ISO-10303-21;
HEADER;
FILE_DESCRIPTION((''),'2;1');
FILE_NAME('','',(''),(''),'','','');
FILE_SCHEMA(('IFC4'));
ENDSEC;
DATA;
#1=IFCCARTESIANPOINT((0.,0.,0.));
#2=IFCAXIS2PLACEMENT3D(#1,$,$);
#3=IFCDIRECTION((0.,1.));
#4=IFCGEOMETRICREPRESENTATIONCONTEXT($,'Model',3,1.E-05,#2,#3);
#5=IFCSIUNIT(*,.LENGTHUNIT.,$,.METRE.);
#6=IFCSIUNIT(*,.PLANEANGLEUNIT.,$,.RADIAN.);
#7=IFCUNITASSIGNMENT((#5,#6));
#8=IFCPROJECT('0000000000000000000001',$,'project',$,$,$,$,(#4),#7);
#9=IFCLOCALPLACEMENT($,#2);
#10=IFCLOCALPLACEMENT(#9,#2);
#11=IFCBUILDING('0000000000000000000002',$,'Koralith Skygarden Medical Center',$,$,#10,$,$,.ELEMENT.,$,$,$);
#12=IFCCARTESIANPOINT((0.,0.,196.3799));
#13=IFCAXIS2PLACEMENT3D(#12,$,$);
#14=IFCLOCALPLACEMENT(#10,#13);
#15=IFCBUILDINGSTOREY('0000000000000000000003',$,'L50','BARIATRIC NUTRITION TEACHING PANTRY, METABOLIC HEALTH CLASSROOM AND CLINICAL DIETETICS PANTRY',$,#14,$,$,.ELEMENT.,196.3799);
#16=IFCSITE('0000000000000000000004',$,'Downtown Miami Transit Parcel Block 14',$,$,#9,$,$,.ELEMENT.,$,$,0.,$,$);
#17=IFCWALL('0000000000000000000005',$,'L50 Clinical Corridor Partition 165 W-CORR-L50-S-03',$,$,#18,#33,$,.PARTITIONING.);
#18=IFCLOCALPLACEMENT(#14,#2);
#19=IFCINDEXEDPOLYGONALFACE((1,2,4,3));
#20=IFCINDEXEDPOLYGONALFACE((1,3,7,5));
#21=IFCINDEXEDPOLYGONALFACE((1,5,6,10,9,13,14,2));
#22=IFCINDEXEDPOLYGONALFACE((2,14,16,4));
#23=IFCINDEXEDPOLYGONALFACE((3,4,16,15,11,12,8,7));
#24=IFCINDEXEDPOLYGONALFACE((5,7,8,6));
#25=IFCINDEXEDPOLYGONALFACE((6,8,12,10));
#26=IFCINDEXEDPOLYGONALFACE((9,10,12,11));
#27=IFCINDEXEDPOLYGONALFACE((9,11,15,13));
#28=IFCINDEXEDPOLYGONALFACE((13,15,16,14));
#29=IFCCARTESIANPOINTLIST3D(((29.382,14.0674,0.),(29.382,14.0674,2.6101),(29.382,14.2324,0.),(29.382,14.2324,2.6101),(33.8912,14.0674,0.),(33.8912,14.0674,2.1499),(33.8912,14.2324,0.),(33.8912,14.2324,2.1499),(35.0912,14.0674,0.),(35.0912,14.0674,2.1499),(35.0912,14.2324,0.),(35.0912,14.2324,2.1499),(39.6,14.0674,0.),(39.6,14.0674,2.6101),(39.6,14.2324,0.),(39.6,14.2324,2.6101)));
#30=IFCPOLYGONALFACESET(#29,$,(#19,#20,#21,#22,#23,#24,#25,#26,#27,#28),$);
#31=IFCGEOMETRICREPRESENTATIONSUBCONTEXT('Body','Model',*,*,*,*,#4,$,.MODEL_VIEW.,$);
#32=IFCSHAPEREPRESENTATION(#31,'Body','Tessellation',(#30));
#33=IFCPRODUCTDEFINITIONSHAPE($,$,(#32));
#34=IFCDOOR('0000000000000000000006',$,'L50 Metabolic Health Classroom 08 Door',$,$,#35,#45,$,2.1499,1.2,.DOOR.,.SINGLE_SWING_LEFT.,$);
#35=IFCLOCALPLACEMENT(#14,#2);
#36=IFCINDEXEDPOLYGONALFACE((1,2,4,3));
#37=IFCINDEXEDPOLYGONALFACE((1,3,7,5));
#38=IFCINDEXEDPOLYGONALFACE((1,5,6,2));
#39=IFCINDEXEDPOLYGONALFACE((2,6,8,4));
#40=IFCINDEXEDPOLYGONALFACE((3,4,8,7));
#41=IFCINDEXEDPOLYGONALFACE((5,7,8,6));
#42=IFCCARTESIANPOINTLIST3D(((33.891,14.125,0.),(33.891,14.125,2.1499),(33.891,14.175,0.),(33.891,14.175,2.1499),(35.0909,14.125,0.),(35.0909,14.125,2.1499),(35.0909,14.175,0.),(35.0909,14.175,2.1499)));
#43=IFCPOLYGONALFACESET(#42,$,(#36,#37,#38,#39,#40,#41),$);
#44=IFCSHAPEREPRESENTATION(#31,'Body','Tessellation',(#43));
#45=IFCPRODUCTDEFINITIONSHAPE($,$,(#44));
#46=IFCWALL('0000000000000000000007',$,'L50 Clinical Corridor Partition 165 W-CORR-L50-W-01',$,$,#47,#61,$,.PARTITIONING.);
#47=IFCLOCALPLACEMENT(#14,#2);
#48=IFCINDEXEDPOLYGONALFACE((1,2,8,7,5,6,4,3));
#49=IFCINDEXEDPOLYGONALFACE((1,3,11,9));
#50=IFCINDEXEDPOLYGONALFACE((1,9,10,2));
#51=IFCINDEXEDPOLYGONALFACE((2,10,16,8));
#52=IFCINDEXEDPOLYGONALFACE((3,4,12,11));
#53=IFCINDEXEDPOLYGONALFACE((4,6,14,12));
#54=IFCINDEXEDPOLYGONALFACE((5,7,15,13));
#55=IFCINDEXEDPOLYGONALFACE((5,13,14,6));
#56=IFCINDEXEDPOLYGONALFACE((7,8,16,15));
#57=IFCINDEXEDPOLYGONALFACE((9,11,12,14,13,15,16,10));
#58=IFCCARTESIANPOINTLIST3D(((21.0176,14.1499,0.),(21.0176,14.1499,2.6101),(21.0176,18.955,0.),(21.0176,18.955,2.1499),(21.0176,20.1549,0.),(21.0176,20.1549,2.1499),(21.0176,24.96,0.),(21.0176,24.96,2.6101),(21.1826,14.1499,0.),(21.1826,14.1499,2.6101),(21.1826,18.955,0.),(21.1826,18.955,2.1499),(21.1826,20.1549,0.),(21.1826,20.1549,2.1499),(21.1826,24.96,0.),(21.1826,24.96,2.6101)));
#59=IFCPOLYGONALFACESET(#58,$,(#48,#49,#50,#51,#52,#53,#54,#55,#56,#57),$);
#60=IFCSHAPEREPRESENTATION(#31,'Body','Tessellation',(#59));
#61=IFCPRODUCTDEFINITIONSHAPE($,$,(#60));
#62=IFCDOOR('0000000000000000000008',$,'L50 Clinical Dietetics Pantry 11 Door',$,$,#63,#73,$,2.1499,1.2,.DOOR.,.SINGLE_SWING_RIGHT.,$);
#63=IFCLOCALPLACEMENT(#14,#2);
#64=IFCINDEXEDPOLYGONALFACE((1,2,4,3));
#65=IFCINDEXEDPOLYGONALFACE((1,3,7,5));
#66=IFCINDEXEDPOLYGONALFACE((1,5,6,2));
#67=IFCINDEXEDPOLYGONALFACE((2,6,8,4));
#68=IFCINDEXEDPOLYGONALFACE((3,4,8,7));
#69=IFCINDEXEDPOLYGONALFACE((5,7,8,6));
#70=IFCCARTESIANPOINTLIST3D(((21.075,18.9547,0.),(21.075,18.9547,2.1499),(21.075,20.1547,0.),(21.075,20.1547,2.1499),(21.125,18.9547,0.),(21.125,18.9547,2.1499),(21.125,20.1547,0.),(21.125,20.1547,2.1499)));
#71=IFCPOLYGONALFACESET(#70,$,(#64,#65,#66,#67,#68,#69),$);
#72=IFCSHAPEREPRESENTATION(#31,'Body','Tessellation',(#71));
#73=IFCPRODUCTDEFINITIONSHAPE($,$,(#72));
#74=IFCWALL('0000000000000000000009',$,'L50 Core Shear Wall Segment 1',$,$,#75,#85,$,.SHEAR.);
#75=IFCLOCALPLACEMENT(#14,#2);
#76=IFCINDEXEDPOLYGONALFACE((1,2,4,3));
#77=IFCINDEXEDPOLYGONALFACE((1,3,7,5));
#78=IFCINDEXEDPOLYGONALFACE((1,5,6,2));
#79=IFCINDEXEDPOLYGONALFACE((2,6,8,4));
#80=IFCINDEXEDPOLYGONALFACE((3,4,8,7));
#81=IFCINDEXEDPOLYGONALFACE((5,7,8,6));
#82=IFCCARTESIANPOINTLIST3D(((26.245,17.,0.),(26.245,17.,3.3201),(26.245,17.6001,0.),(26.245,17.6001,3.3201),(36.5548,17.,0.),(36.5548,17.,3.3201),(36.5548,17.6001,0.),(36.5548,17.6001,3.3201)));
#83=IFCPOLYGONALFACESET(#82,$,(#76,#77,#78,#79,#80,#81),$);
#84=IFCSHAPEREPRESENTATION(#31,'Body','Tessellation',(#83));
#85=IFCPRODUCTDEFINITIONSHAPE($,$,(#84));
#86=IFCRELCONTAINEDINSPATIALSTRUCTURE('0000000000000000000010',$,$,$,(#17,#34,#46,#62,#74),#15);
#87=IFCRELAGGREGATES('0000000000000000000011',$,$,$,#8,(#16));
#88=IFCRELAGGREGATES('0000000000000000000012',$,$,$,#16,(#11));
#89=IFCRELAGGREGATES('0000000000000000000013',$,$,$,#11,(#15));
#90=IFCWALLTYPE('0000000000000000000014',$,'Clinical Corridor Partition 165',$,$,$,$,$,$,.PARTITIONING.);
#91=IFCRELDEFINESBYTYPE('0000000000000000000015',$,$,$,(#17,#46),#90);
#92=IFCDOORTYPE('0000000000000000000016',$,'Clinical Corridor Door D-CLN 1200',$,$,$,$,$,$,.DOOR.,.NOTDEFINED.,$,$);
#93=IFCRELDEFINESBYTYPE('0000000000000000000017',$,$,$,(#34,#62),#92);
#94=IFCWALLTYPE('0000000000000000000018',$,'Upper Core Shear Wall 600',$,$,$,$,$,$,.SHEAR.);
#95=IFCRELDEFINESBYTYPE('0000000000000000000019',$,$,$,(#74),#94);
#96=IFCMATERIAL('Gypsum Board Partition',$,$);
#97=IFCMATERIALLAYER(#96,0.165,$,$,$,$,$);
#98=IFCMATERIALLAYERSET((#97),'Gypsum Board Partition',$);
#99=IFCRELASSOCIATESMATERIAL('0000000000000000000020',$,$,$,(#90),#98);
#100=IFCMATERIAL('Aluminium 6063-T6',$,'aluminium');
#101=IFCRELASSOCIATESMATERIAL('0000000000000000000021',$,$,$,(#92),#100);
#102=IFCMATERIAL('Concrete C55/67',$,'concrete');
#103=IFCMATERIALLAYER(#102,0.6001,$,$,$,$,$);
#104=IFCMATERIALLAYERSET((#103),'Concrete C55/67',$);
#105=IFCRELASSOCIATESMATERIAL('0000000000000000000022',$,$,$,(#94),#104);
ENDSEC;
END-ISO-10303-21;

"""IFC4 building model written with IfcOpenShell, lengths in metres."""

from ifc_helpers import new_model, si_unit, direction, frame, frame_2d, origin, place, context, subcontext, project, spatial, rectangle, extrude, material, layer, layer_set, type_object, element, fill, save


model = new_model("IFC4")

# Units and contexts
model_context = context("Model", 3, precision=1e-05, world=origin(), true_north=direction((0.0, 1.0)))
body_context = subcontext(model_context, "Body", "Model", "MODEL_VIEW")
ifc_project = project(units=[si_unit("LENGTHUNIT", "METRE"), si_unit("PLANEANGLEUNIT", "RADIAN")], contexts=[model_context])

# Site, building, storey
site_placement = place(None, origin())
site = spatial("IfcSite", under=ifc_project, at=site_placement, Name="Downtown Miami Transit Parcel Block 14", CompositionType="ELEMENT", RefElevation=0.0)
building_placement = place(site_placement, origin())
building = spatial("IfcBuilding", under=site, at=building_placement, Name="Koralith Skygarden Medical Center", CompositionType="ELEMENT")
storey_placement = place(building_placement, frame((0.0, 0.0, 196.3799)))
storey = spatial("IfcBuildingStorey", under=building, at=storey_placement, Name="L50", Description="BARIATRIC NUTRITION TEACHING PANTRY, METABOLIC HEALTH CLASSROOM AND CLINICAL DIETETICS PANTRY", CompositionType="ELEMENT", Elevation=196.3799)

# Shared definitions
ifc_material_1 = material(Name="Concrete C55/67", Category="concrete")

# Shared definitions
ifc_material_2 = material(Name="Aluminium 6063-T6", Category="aluminium")

# Shared definitions
ifc_material_3 = material(Name="Gypsum Board Partition")

# Walls, openings, doors
ifc_layer_1 = layer(ifc_material_3, 0.165)
ifc_layer_set_1 = layer_set([ifc_layer_1], Name="Gypsum Board Partition")
wall_type_1 = type_object("IfcWallType", Name="Clinical Corridor Partition 165", PredefinedType="PARTITIONING", material=ifc_layer_set_1)
door_type_1 = type_object("IfcDoorType", Name="Clinical Corridor Door D-CLN 1200", OperationType="NOTDEFINED", PredefinedType="DOOR", material=ifc_material_2)
wall_1_placement = place(storey_placement, frame((29.3821, 14.1499, 0.0), z_axis=(0.0, 0.0, 1.0), x_axis=(1.0, 0.0, 0.0)))
wall_1 = element("IfcWall", 1, at=wall_1_placement, inside=storey, type_object=wall_type_1, Name="L50 Clinical Corridor Partition 165 W-CORR-L50-S-03", PredefinedType="PARTITIONING", context=body_context, shape_type="SweptSolid", body=[
    extrude(rectangle(XDim=10.218, YDim=0.165, at=frame_2d((5.1089, 0.0))), origin(), (0.0, 0.0, 1.0), 2.6101),
])
opening_1_placement = place(wall_1_placement, frame((4.509, 0.0, 0.0)))
opening_1 = element("IfcOpeningElement", 2, at=opening_1_placement, cuts=wall_1, PredefinedType="OPENING", context=body_context, shape_type="SweptSolid", body=[
    extrude(rectangle(XDim=1.2, YDim=2.1499, at=frame_2d((0.6001, 1.075))), frame((0.0, 0.0925, 0.0), z_axis=(0.0, -1.0, 0.0), x_axis=(1.0, 0.0, 0.0)), (0.0, 0.0, 1.0), 0.1851),
])
door_1_placement = place(opening_1_placement, frame((1.2, 0.0, 0.0), z_axis=(0.0, 0.0, 1.0), x_axis=(-1.0, 0.0, 0.0)))
door_1 = element("IfcDoor", 3, at=door_1_placement, inside=storey, type_object=door_type_1, Name="L50 Metabolic Health Classroom 08 Door", OperationType="SINGLE_SWING_LEFT", OverallHeight=2.1499, OverallWidth=1.2, PredefinedType="DOOR", context=body_context, shape_type="SweptSolid", body=[
    extrude(rectangle(XDim=1.2, YDim=2.1499, at=frame_2d((0.6001, 1.075))), frame((0.0, 0.0249, 0.0), z_axis=(0.0, -1.0, 0.0), x_axis=(1.0, 0.0, 0.0)), (0.0, 0.0, 1.0), 0.05),
])
fill(opening_1, door_1)
wall_2_placement = place(storey_placement, frame((21.1001, 14.1499, 0.0), z_axis=(0.0, 0.0, 1.0), x_axis=(0.0, 1.0, 0.0)))
wall_2 = element("IfcWall", 4, at=wall_2_placement, inside=storey, type_object=wall_type_1, Name="L50 Clinical Corridor Partition 165 W-CORR-L50-W-01", PredefinedType="PARTITIONING", context=body_context, shape_type="SweptSolid", body=[
    extrude(rectangle(XDim=10.8101, YDim=0.165, at=frame_2d((5.405, 0.0))), origin(), (0.0, 0.0, 1.0), 2.6101),
])
opening_2_placement = place(wall_2_placement, frame((4.8049, 0.0, 0.0)))
opening_2 = element("IfcOpeningElement", 5, at=opening_2_placement, cuts=wall_2, PredefinedType="OPENING", context=body_context, shape_type="SweptSolid", body=[
    extrude(rectangle(XDim=1.2, YDim=2.1499, at=frame_2d((0.6001, 1.075))), frame((0.0, 0.0925, 0.0), z_axis=(0.0, -1.0, 0.0), x_axis=(1.0, 0.0, 0.0)), (0.0, 0.0, 1.0), 0.1851),
])
door_2_placement = place(opening_2_placement, frame((1.2, 0.0, 0.0), z_axis=(0.0, 0.0, 1.0), x_axis=(-1.0, 0.0, 0.0)))
door_2 = element("IfcDoor", 6, at=door_2_placement, inside=storey, type_object=door_type_1, Name="L50 Clinical Dietetics Pantry 11 Door", OperationType="SINGLE_SWING_RIGHT", OverallHeight=2.1499, OverallWidth=1.2, PredefinedType="DOOR", context=body_context, shape_type="SweptSolid", body=[
    extrude(rectangle(XDim=1.2, YDim=2.1499, at=frame_2d((0.6001, 1.075))), frame((0.0, 0.0249, 0.0), z_axis=(0.0, -1.0, 0.0), x_axis=(1.0, 0.0, 0.0)), (0.0, 0.0, 1.0), 0.05),
])
fill(opening_2, door_2)

# Wall
ifc_layer_2 = layer(ifc_material_1, 0.6001)
ifc_layer_set_2 = layer_set([ifc_layer_2], Name="Concrete C55/67")
wall_type_2 = type_object("IfcWallType", Name="Upper Core Shear Wall 600", PredefinedType="SHEAR", material=ifc_layer_set_2)
wall_3_placement = place(storey_placement, frame((26.2451, 17.3, 0.0), z_axis=(0.0, 0.0, 1.0), x_axis=(1.0, 0.0, 0.0)))
element("IfcWall", 7, at=wall_3_placement, inside=storey, type_object=wall_type_2, Name="L50 Core Shear Wall Segment 1", PredefinedType="SHEAR", context=body_context, shape_type="SweptSolid", body=[
    extrude(rectangle(XDim=10.3098, YDim=0.6001, at=frame_2d((5.1548, 0.0))), origin(), (0.0, 0.0, 1.0), 3.3201),
])

save(model, "model.ifc")
